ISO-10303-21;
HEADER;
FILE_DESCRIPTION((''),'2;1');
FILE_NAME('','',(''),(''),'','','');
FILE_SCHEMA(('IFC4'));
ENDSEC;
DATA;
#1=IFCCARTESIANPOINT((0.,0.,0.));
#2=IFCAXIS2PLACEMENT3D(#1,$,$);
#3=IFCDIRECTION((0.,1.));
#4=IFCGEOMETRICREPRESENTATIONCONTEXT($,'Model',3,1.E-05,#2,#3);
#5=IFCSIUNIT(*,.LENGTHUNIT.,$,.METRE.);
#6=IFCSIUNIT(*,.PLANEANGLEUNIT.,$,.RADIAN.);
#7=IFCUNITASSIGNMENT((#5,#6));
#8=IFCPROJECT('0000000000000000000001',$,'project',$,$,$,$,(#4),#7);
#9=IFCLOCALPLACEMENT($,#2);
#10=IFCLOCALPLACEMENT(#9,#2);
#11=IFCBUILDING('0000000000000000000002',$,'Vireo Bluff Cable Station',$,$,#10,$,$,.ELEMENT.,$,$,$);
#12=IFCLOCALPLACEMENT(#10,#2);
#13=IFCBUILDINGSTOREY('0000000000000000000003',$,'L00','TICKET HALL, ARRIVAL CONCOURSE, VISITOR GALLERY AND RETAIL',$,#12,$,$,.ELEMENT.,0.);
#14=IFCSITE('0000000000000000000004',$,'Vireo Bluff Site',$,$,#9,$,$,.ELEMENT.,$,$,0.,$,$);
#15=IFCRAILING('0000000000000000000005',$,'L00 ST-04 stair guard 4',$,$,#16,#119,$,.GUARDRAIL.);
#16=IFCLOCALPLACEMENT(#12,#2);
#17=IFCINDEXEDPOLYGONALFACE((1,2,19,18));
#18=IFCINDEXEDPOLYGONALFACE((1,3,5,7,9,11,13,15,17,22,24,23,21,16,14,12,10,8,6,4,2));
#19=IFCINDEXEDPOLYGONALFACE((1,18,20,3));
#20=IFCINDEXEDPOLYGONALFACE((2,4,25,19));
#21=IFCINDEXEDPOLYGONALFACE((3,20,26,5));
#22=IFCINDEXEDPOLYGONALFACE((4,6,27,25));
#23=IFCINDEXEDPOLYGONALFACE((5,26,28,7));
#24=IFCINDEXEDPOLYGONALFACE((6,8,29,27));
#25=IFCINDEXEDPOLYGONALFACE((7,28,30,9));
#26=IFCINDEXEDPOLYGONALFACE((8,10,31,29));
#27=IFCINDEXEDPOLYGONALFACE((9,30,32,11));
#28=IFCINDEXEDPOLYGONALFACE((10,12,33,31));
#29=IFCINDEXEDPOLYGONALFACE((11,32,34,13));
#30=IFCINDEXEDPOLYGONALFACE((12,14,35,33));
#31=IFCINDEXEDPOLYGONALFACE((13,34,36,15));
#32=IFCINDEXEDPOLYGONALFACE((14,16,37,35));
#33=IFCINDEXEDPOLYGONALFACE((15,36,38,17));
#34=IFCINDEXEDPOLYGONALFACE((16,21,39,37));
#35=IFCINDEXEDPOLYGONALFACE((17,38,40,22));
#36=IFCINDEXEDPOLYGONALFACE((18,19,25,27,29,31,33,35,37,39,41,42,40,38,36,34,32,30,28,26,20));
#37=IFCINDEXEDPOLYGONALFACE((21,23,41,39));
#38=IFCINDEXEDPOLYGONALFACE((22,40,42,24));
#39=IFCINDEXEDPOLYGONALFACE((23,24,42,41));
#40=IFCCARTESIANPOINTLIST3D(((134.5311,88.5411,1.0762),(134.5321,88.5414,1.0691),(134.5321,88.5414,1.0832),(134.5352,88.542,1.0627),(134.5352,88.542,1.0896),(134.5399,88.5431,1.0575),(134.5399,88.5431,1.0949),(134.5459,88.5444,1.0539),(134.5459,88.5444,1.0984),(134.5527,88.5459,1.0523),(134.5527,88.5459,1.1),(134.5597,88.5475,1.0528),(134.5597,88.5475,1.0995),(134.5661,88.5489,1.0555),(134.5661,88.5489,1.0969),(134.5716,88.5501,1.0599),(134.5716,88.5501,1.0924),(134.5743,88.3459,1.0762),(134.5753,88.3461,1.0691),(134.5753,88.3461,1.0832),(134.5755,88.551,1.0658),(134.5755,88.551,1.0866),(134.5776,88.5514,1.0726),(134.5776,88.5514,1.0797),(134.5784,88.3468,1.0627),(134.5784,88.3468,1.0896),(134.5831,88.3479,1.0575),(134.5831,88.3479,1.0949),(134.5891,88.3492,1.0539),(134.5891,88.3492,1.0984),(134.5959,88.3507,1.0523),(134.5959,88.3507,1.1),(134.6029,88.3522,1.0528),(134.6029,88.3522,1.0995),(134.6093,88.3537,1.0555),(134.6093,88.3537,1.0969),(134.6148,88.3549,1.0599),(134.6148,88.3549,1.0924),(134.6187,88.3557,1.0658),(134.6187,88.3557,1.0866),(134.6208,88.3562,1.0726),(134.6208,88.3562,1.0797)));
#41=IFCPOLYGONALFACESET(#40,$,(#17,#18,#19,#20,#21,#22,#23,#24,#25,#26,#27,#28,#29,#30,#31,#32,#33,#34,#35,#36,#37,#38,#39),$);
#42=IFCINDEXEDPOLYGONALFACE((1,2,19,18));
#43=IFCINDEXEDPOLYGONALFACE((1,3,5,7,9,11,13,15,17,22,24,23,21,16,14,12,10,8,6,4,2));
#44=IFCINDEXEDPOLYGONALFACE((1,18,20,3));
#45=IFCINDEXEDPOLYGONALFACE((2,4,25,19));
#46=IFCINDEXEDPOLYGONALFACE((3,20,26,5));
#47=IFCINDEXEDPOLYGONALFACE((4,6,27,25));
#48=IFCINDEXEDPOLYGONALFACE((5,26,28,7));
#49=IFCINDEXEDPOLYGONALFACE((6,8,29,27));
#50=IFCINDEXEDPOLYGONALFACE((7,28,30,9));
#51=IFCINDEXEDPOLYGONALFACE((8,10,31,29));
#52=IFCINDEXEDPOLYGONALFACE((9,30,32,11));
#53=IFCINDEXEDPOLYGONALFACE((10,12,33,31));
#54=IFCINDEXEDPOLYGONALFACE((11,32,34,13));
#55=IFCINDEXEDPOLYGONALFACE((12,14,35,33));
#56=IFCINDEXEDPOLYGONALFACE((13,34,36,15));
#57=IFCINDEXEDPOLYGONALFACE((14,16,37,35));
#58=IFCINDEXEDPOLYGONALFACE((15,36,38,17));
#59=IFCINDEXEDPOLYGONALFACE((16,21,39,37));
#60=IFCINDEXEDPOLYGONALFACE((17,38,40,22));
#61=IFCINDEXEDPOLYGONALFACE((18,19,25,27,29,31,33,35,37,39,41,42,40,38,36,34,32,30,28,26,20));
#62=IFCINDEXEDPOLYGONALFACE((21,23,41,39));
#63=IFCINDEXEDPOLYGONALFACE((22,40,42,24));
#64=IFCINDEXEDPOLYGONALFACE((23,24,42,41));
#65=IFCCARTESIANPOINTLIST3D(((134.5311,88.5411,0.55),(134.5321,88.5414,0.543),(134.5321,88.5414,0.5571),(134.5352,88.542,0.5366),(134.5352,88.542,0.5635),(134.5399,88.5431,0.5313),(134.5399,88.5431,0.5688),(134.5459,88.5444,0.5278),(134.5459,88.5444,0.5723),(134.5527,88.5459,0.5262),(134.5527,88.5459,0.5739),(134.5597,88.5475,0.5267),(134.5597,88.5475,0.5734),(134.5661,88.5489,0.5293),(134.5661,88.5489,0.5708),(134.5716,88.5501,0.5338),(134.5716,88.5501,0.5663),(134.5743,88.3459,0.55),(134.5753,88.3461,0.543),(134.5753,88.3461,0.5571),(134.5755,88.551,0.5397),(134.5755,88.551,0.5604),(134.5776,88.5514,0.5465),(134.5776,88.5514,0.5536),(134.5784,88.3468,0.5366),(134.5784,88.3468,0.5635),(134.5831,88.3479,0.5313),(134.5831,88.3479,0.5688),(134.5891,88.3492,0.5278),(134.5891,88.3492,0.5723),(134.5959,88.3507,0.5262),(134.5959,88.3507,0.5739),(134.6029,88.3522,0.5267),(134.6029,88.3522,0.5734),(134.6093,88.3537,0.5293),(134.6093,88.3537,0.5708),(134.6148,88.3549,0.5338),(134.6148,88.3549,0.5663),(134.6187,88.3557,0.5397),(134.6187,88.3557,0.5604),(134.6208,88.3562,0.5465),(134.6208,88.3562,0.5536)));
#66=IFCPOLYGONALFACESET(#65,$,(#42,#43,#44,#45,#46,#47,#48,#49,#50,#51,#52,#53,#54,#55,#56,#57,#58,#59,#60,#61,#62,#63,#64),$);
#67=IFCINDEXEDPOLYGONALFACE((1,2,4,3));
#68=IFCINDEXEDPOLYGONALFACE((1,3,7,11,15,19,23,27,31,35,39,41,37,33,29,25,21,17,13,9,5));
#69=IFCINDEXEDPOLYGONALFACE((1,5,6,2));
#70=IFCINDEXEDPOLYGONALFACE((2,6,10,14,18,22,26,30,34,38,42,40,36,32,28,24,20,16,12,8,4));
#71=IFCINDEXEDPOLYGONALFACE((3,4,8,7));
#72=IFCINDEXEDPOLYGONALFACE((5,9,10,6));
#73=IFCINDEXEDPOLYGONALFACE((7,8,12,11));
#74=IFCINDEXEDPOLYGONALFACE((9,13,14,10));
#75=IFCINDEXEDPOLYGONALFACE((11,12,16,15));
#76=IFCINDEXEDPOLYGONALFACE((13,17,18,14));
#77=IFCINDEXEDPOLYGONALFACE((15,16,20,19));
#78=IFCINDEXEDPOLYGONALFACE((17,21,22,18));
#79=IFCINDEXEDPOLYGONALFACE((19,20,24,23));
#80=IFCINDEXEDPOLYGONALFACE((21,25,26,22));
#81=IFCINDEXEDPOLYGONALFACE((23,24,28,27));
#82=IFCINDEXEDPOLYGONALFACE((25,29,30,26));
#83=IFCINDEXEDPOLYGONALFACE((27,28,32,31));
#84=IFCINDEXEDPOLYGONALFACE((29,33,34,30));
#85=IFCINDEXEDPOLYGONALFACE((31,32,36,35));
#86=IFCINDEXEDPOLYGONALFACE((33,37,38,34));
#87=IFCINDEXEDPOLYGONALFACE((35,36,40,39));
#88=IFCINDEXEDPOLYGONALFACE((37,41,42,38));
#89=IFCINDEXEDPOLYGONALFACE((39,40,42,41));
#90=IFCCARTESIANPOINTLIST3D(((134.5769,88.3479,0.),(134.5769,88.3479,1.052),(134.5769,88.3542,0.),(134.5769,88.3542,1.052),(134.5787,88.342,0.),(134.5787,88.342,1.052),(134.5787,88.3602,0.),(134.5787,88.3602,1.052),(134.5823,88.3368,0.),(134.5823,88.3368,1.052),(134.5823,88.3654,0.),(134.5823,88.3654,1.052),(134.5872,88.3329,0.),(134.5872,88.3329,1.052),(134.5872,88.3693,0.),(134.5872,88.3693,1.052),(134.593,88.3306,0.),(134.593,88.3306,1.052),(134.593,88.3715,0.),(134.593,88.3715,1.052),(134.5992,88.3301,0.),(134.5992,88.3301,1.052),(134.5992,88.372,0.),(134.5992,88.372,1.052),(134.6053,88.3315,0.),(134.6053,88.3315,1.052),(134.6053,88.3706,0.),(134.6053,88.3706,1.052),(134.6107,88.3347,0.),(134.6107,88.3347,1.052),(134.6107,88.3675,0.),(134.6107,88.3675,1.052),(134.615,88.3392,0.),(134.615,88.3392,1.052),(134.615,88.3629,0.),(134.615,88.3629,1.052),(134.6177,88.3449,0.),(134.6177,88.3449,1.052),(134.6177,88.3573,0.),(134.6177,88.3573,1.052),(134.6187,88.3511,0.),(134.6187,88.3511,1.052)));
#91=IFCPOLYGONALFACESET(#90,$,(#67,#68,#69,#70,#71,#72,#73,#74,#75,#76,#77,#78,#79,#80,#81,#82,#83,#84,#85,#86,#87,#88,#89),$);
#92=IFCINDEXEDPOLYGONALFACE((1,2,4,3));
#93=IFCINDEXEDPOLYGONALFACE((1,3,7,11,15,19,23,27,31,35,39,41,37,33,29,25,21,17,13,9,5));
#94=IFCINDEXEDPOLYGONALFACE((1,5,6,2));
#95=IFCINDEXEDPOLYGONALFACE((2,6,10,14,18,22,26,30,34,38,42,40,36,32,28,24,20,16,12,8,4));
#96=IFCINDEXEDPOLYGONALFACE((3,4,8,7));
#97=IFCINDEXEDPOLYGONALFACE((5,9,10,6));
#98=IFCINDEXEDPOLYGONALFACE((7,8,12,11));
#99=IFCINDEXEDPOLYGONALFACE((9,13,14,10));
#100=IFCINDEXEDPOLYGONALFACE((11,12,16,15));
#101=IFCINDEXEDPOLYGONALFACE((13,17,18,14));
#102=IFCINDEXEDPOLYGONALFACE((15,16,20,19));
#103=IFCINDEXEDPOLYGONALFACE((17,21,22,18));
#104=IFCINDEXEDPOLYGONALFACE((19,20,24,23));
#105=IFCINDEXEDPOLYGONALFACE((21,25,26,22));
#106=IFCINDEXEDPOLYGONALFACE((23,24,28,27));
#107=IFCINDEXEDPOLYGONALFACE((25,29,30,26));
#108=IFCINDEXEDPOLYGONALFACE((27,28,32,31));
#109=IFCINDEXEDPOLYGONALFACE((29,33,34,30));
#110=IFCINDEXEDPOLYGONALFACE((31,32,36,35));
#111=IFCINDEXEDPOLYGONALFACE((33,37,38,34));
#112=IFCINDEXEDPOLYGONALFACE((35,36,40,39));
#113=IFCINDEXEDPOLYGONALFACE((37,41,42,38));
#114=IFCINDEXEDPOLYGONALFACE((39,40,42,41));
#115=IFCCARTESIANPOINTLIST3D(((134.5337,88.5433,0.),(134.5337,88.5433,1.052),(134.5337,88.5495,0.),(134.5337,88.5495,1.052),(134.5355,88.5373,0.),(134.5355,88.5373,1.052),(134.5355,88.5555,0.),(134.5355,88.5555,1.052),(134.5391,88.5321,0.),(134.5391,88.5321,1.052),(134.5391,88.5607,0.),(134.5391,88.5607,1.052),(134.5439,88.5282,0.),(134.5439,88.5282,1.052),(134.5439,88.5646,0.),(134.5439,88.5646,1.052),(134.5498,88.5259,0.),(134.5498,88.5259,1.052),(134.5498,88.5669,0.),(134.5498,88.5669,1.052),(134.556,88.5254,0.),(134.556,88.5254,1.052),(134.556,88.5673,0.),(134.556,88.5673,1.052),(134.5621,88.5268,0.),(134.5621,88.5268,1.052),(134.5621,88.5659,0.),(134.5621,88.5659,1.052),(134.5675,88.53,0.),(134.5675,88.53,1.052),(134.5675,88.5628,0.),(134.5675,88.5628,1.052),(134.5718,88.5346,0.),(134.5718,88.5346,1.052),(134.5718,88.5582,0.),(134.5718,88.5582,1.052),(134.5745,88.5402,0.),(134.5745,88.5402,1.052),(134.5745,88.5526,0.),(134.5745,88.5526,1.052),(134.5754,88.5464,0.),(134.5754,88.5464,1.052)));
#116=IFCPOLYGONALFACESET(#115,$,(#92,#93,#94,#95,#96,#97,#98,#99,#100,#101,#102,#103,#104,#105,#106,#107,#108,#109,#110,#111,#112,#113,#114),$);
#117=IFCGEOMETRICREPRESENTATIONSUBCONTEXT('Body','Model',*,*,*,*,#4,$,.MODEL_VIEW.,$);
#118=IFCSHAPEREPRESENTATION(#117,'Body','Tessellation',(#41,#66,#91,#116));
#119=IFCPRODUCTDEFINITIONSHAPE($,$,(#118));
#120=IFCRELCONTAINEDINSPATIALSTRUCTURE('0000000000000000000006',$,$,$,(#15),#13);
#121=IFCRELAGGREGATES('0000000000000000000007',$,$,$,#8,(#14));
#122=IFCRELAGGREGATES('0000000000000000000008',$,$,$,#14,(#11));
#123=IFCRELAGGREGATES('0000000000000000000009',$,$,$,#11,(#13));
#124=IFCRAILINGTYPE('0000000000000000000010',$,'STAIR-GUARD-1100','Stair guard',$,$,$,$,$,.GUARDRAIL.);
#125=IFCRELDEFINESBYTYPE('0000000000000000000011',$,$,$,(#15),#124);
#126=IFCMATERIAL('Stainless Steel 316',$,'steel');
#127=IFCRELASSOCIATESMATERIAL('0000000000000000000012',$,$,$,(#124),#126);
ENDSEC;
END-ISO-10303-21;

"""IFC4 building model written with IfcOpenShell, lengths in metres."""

from ifc_helpers import new_model, si_unit, direction, frame, origin, origin_2d, place, context, subcontext, project, spatial, circle, extrude, material, type_object, element, save


model = new_model("IFC4")

# Units and contexts
model_context = context("Model", 3, precision=1e-05, world=origin(), true_north=direction((0.0, 1.0)))
body_context = subcontext(model_context, "Body", "Model", "MODEL_VIEW")
ifc_project = project(units=[si_unit("LENGTHUNIT", "METRE"), si_unit("PLANEANGLEUNIT", "RADIAN")], contexts=[model_context])

# Site, building, storey
site_placement = place(None, origin())
site = spatial("IfcSite", under=ifc_project, at=site_placement, Name="Vireo Bluff Site", CompositionType="ELEMENT", RefElevation=0.0)
building_placement = place(site_placement, origin())
building = spatial("IfcBuilding", under=site, at=building_placement, Name="Vireo Bluff Cable Station", CompositionType="ELEMENT")
storey_placement = place(building_placement, origin())
storey = spatial("IfcBuildingStorey", under=building, at=storey_placement, Name="L00", Description="TICKET HALL, ARRIVAL CONCOURSE, VISITOR GALLERY AND RETAIL", CompositionType="ELEMENT", Elevation=0.0)

# Shared definitions
ifc_material_1 = material(Name="Stainless Steel 316", Category="steel")

# Railing
railing_type_1 = type_object("IfcRailingType", Name="STAIR-GUARD-1100", Description="Stair guard", PredefinedType="GUARDRAIL", material=ifc_material_1)
railing_1_placement = place(storey_placement, frame((134.5977, 88.3511, 0.0)))
element("IfcRailing", 1, at=railing_1_placement, inside=storey, type_object=railing_type_1, Name="L00 ST-04 stair guard 4", PredefinedType="GUARDRAIL", context=body_context, shape_type="SweptSolid", body=[
    extrude(circle(Radius=0.0239, at=origin_2d()), frame((0.0, 0.0, 1.0762), z_axis=(-0.216026, 0.976388, 0.0), x_axis=(-0.976388, -0.216026, 0.0)), (0.0, 0.0, 1.0), 0.2),
    extrude(circle(Radius=0.0239, at=origin_2d()), frame((0.0, 0.0, 0.55), z_axis=(-0.216026, 0.976388, 0.0), x_axis=(-0.976388, -0.216026, 0.0)), (0.0, 0.0, 1.0), 0.2),
    extrude(circle(Radius=0.021, at=origin_2d()), origin(), (0.0, 0.0, 1.0), 1.052),
    extrude(circle(Radius=0.021, at=origin_2d()), frame((-0.0432, 0.1953, 0.0)), (0.0, 0.0, 1.0), 1.052),
])

save(model, "model.ifc")
